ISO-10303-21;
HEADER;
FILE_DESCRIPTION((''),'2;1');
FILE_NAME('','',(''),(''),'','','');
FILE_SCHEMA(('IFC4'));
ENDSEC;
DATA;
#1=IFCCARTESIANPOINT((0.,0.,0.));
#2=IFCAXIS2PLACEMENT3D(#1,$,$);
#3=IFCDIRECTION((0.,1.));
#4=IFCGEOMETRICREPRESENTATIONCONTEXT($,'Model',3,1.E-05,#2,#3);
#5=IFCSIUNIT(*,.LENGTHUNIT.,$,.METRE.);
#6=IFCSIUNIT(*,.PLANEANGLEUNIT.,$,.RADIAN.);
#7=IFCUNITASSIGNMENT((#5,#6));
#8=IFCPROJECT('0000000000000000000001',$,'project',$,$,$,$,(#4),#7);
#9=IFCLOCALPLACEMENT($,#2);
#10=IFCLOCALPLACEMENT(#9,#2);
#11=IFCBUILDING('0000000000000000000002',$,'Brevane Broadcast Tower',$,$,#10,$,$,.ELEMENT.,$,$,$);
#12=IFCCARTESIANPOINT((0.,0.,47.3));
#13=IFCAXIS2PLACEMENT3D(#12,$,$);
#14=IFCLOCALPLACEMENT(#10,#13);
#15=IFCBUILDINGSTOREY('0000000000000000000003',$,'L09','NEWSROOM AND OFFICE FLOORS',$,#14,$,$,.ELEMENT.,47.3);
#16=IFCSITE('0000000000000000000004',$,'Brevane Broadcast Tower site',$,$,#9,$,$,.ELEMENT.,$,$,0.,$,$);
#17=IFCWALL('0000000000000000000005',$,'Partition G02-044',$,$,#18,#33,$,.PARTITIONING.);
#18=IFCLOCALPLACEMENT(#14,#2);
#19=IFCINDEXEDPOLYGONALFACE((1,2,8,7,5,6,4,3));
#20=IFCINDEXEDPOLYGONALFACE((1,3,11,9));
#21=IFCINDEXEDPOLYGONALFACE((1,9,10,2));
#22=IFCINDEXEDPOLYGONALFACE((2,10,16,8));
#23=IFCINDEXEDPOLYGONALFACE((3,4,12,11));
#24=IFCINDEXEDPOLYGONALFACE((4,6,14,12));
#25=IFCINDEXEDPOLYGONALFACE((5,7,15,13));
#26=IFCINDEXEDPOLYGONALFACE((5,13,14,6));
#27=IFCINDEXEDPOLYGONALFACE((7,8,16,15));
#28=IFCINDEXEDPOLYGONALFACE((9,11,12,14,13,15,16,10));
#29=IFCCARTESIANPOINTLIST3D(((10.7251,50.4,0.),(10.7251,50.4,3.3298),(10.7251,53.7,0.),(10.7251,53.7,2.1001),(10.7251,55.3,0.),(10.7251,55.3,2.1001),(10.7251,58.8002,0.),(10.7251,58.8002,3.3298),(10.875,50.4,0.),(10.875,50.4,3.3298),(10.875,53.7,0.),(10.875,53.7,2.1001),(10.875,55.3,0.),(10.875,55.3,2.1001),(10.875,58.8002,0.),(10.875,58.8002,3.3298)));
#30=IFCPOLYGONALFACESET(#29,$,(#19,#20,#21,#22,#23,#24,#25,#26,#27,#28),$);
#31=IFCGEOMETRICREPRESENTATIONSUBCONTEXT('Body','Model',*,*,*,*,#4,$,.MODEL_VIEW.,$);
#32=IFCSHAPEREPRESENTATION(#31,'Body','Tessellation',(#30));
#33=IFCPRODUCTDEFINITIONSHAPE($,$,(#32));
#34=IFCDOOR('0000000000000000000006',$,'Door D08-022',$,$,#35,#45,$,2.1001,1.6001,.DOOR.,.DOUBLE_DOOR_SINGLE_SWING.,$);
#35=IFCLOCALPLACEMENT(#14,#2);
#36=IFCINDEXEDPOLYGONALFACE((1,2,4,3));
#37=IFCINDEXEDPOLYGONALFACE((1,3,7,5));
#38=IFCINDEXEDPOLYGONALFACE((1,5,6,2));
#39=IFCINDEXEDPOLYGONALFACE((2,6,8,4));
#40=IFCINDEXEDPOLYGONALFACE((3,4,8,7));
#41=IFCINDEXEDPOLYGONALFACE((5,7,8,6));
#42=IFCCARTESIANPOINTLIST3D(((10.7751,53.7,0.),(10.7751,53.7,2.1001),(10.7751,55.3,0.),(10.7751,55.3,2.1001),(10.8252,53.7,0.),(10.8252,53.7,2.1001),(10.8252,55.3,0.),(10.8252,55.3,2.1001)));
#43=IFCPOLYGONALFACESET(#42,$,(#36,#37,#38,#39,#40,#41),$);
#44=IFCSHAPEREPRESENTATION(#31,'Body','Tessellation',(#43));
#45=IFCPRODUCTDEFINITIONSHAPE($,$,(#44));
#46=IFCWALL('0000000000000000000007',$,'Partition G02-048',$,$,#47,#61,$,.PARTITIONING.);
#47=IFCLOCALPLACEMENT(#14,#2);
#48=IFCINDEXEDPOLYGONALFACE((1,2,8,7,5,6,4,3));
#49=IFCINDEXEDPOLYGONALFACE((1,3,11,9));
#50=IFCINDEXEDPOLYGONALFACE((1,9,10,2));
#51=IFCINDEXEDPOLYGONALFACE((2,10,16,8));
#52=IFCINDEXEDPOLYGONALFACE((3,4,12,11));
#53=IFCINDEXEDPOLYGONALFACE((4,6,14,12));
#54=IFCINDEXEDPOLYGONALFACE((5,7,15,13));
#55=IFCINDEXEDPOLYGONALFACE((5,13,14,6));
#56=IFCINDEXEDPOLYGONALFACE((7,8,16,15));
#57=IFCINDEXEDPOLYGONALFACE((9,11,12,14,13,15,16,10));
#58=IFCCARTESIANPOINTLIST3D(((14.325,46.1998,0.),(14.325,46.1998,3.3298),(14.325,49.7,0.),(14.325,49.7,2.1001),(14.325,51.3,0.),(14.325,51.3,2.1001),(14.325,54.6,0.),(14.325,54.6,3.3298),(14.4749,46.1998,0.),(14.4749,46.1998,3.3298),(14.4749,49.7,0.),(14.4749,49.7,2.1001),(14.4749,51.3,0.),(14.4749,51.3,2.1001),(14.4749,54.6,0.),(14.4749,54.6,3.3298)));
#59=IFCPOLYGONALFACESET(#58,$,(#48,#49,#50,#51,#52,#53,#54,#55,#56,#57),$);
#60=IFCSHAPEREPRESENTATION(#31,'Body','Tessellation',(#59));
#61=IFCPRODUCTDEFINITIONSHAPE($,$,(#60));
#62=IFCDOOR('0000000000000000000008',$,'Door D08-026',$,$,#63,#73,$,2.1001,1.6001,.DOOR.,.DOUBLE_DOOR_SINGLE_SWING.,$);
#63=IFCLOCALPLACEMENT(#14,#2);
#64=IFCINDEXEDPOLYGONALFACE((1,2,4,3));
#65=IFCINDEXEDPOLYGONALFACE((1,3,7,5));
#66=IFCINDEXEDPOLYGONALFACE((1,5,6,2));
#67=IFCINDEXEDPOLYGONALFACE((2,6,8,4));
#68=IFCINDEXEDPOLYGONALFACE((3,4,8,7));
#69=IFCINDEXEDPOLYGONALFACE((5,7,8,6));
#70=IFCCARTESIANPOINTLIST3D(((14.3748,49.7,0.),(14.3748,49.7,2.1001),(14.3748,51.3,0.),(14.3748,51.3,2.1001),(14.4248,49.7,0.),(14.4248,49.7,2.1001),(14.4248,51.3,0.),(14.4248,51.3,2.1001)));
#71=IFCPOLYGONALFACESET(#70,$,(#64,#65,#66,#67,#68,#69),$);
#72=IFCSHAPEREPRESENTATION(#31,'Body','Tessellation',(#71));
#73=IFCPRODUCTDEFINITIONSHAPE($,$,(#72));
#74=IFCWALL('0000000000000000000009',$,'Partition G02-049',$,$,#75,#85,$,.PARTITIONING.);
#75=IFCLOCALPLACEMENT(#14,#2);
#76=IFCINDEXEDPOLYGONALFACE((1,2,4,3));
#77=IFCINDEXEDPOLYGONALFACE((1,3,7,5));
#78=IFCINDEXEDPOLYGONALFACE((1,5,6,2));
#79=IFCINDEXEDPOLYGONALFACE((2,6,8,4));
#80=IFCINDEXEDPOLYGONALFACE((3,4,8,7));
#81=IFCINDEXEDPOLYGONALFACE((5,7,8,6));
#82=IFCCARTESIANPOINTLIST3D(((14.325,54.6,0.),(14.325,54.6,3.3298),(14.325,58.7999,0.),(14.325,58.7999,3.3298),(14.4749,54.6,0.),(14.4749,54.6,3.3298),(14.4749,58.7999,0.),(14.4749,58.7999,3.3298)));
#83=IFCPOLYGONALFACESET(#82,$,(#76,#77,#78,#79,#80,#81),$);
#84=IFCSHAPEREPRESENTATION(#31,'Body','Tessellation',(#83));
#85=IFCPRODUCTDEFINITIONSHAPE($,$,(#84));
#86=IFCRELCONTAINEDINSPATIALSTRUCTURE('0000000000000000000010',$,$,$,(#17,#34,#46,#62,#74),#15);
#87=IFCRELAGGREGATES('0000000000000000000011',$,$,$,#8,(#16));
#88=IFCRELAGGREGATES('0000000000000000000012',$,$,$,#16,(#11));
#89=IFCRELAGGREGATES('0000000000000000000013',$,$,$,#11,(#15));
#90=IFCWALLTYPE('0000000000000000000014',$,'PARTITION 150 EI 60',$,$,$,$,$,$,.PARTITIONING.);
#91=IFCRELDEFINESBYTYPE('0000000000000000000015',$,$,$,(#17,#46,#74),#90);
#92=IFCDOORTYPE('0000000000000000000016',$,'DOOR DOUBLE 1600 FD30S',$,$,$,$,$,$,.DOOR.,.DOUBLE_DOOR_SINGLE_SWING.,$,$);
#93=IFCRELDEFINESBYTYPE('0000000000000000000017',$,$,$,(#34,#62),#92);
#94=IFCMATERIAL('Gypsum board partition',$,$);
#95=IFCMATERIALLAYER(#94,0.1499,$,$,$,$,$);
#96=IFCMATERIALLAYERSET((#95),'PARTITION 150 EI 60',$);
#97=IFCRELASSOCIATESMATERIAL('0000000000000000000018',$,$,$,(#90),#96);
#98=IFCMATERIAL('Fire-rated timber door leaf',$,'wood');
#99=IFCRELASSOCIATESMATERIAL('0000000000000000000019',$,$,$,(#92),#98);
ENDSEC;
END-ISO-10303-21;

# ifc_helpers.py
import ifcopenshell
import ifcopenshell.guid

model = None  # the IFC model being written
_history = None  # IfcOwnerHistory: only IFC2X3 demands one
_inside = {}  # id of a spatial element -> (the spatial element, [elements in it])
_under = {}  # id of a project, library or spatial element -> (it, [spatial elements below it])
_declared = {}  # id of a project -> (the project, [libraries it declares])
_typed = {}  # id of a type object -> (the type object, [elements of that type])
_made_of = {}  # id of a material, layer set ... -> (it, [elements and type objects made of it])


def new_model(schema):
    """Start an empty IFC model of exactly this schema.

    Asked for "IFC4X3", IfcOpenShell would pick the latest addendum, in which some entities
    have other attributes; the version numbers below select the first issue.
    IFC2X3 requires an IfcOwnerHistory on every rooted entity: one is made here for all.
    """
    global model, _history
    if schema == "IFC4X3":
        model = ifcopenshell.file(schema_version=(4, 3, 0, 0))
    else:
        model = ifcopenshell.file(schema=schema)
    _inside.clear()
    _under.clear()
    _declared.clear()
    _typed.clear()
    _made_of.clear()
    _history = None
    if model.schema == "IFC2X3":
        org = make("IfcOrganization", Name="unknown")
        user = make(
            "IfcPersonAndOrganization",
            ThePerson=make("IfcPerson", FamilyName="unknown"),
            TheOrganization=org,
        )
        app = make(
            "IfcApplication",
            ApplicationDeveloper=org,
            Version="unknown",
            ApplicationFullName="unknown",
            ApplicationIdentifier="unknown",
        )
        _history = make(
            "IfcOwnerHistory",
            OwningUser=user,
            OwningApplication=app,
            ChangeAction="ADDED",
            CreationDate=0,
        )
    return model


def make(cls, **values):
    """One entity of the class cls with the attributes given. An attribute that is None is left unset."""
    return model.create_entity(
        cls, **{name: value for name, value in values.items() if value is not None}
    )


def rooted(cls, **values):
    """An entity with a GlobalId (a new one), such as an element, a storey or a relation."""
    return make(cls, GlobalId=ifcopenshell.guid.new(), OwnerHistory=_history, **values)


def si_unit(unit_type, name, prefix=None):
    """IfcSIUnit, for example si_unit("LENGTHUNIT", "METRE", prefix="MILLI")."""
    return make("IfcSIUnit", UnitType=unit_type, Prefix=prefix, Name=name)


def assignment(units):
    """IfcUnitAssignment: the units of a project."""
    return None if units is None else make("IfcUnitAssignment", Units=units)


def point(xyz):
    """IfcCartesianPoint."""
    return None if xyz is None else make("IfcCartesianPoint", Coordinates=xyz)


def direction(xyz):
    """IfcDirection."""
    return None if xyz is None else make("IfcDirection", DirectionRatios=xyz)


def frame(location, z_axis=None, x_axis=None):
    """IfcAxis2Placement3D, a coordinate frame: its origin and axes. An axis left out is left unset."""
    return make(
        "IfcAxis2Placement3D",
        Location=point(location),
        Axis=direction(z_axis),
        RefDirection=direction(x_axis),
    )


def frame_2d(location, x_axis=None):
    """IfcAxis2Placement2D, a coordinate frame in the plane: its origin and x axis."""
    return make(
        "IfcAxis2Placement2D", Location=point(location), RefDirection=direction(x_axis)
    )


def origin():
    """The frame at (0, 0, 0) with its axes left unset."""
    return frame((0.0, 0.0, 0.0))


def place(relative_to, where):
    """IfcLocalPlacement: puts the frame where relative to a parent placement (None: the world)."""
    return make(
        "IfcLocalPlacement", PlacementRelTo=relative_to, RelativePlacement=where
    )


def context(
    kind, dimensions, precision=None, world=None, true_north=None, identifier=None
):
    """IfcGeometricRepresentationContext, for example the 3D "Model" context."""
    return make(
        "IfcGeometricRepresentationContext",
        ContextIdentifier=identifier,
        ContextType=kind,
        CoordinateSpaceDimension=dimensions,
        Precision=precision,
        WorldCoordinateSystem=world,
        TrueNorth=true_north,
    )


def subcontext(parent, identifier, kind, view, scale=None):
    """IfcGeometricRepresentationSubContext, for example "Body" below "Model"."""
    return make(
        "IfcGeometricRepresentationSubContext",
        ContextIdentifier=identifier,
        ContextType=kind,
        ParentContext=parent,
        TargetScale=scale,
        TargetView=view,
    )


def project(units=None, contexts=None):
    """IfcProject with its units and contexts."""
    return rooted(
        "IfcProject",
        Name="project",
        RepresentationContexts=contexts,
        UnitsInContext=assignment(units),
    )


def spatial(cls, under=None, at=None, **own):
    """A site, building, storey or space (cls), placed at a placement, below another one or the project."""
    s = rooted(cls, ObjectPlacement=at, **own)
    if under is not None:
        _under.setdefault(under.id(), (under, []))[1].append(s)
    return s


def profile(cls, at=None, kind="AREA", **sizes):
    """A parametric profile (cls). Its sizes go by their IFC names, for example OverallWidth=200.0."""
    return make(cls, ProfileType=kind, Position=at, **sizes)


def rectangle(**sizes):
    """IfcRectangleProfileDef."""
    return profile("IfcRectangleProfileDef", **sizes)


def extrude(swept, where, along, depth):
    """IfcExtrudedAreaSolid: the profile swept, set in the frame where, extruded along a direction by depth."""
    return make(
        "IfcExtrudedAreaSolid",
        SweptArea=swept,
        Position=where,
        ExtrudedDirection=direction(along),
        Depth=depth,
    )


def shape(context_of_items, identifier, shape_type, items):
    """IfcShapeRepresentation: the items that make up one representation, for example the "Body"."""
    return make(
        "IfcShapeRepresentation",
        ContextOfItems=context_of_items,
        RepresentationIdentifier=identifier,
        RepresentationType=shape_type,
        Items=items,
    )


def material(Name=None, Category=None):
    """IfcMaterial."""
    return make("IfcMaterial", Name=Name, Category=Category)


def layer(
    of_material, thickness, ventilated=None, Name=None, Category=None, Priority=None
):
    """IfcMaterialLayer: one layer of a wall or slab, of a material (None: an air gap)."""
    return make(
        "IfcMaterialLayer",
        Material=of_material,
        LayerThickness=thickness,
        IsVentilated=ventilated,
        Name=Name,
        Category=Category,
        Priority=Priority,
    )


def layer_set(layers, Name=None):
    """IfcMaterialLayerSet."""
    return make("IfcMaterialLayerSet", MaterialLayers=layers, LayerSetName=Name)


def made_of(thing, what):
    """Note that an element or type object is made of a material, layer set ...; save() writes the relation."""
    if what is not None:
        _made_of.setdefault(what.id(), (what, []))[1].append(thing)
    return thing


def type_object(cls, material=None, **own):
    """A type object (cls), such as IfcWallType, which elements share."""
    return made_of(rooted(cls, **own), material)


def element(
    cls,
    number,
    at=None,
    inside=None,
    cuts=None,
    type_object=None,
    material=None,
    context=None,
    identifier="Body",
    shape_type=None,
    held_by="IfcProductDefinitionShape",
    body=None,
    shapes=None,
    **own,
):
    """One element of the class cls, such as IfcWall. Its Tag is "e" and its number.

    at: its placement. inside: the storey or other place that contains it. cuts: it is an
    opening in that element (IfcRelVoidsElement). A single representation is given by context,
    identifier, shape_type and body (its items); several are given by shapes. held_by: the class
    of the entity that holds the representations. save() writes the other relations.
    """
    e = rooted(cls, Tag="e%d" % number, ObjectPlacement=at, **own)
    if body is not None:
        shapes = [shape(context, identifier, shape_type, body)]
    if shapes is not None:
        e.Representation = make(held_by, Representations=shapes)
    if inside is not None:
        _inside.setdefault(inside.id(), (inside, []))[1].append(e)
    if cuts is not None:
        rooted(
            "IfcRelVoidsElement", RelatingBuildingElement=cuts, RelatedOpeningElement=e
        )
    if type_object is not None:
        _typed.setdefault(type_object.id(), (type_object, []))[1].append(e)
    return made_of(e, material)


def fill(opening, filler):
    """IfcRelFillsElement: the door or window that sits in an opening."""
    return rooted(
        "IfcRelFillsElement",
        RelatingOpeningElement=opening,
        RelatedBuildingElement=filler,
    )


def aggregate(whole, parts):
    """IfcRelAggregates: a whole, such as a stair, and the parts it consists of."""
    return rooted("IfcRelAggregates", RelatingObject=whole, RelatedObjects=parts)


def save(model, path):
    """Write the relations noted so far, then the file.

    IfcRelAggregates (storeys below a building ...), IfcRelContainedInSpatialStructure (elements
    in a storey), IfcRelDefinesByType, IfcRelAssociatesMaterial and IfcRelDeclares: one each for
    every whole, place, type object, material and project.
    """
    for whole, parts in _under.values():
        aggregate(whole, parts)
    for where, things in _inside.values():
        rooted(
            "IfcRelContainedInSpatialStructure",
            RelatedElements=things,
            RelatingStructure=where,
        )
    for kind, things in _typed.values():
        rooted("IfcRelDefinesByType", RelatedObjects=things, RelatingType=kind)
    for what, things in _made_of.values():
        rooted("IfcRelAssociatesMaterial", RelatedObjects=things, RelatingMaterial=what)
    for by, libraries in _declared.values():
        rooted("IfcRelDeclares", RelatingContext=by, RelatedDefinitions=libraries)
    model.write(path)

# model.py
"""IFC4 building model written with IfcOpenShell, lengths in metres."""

from ifc_helpers import new_model, si_unit, direction, frame, frame_2d, origin, place, context, subcontext, project, spatial, rectangle, extrude, material, layer, layer_set, type_object, element, fill, save


model = new_model("IFC4")

# Units and contexts
model_context = context("Model", 3, precision=1e-05, world=origin(), true_north=direction((0.0, 1.0)))
body_context = subcontext(model_context, "Body", "Model", "MODEL_VIEW")
ifc_project = project(units=[si_unit("LENGTHUNIT", "METRE"), si_unit("PLANEANGLEUNIT", "RADIAN")], contexts=[model_context])

# Site, building, storey
site_placement = place(None, origin())
site = spatial("IfcSite", under=ifc_project, at=site_placement, Name="Brevane Broadcast Tower site", CompositionType="ELEMENT", RefElevation=0.0)
building_placement = place(site_placement, origin())
building = spatial("IfcBuilding", under=site, at=building_placement, Name="Brevane Broadcast Tower", CompositionType="ELEMENT")
storey_placement = place(building_placement, frame((0.0, 0.0, 47.3)))
storey = spatial("IfcBuildingStorey", under=building, at=storey_placement, Name="L09", Description="NEWSROOM AND OFFICE FLOORS", CompositionType="ELEMENT", Elevation=47.3)

# Shared definitions
ifc_material_1 = material(Name="Gypsum board partition")

# Walls, openings, doors
ifc_layer_1 = layer(ifc_material_1, 0.1499)
ifc_layer_set_1 = layer_set([ifc_layer_1], Name="PARTITION 150 EI 60")
wall_type_1 = type_object("IfcWallType", Name="PARTITION 150 EI 60", PredefinedType="PARTITIONING", material=ifc_layer_set_1)
ifc_material_2 = material(Name="Fire-rated timber door leaf", Category="wood")
wall_1_placement = place(storey_placement, frame((10.8, 50.3999, 0.0), z_axis=(0.0, 0.0, 1.0), x_axis=(0.0, 1.0, 0.0)))
wall_1 = element("IfcWall", 1, at=wall_1_placement, inside=storey, type_object=wall_type_1, Name="Partition G02-044", PredefinedType="PARTITIONING", context=body_context, shape_type="SweptSolid", body=[
    extrude(rectangle(XDim=8.4001, YDim=0.1499, at=frame_2d((4.2002, 0.0))), origin(), (0.0, 0.0, 1.0), 3.3298),
])
opening_1_placement = place(wall_1_placement, frame((3.3, 0.0, 0.0)))
opening_1 = element("IfcOpeningElement", 2, at=opening_1_placement, cuts=wall_1, PredefinedType="OPENING", context=body_context, shape_type="SweptSolid", body=[
    extrude(rectangle(XDim=1.6001, YDim=2.1001, at=frame_2d((0.8, 1.05))), frame((0.0, 0.085, 0.0), z_axis=(0.0, -1.0, 0.0), x_axis=(1.0, 0.0, 0.0)), (0.0, 0.0, 1.0), 0.1699),
])
door_type_1 = type_object("IfcDoorType", Name="DOOR DOUBLE 1600 FD30S", OperationType="DOUBLE_DOOR_SINGLE_SWING", PredefinedType="DOOR", material=ifc_material_2)
door_1_placement = place(opening_1_placement, origin())
door_1 = element("IfcDoor", 3, at=door_1_placement, inside=storey, type_object=door_type_1, Name="Door D08-022", OperationType="DOUBLE_DOOR_SINGLE_SWING", OverallHeight=2.1001, OverallWidth=1.6001, PredefinedType="DOOR", context=body_context, shape_type="SweptSolid", body=[
    extrude(rectangle(XDim=1.6001, YDim=2.1001, at=frame_2d((0.8, 1.05))), frame((0.0, 0.0249, 0.0), z_axis=(0.0, -1.0, 0.0), x_axis=(1.0, 0.0, 0.0)), (0.0, 0.0, 1.0), 0.05),
])
fill(opening_1, door_1)
wall_2_placement = place(storey_placement, frame((14.3999, 54.6001, 0.0), z_axis=(0.0, 0.0, 1.0), x_axis=(0.0, -1.0, 0.0)))
wall_2 = element("IfcWall", 4, at=wall_2_placement, inside=storey, type_object=wall_type_1, Name="Partition G02-048", PredefinedType="PARTITIONING", context=body_context, shape_type="SweptSolid", body=[
    extrude(rectangle(XDim=8.4001, YDim=0.1499, at=frame_2d((4.2002, 0.0))), origin(), (0.0, 0.0, 1.0), 3.3298),
])
opening_2_placement = place(wall_2_placement, frame((3.3, 0.0, 0.0)))
opening_2 = element("IfcOpeningElement", 5, at=opening_2_placement, cuts=wall_2, PredefinedType="OPENING", context=body_context, shape_type="SweptSolid", body=[
    extrude(rectangle(XDim=1.6001, YDim=2.1001, at=frame_2d((0.8, 1.05))), frame((0.0, 0.085, 0.0), z_axis=(0.0, -1.0, 0.0), x_axis=(1.0, 0.0, 0.0)), (0.0, 0.0, 1.0), 0.1699),
])
door_2_placement = place(opening_2_placement, origin())
door_2 = element("IfcDoor", 6, at=door_2_placement, inside=storey, type_object=door_type_1, Name="Door D08-026", OperationType="DOUBLE_DOOR_SINGLE_SWING", OverallHeight=2.1001, OverallWidth=1.6001, PredefinedType="DOOR", context=body_context, shape_type="SweptSolid", body=[
    extrude(rectangle(XDim=1.6001, YDim=2.1001, at=frame_2d((0.8, 1.05))), frame((0.0, 0.0249, 0.0), z_axis=(0.0, -1.0, 0.0), x_axis=(1.0, 0.0, 0.0)), (0.0, 0.0, 1.0), 0.05),
])
fill(opening_2, door_2)

# Wall
wall_3_placement = place(storey_placement, frame((14.3999, 58.8, 0.0), z_axis=(0.0, 0.0, 1.0), x_axis=(0.0, -1.0, 0.0)))
element("IfcWall", 7, at=wall_3_placement, inside=storey, type_object=wall_type_1, Name="Partition G02-049", PredefinedType="PARTITIONING", context=body_context, shape_type="SweptSolid", body=[
    extrude(rectangle(XDim=4.2, YDim=0.1499, at=frame_2d((2.1001, 0.0))), origin(), (0.0, 0.0, 1.0), 3.3298),
])

save(model, "model.ifc")
